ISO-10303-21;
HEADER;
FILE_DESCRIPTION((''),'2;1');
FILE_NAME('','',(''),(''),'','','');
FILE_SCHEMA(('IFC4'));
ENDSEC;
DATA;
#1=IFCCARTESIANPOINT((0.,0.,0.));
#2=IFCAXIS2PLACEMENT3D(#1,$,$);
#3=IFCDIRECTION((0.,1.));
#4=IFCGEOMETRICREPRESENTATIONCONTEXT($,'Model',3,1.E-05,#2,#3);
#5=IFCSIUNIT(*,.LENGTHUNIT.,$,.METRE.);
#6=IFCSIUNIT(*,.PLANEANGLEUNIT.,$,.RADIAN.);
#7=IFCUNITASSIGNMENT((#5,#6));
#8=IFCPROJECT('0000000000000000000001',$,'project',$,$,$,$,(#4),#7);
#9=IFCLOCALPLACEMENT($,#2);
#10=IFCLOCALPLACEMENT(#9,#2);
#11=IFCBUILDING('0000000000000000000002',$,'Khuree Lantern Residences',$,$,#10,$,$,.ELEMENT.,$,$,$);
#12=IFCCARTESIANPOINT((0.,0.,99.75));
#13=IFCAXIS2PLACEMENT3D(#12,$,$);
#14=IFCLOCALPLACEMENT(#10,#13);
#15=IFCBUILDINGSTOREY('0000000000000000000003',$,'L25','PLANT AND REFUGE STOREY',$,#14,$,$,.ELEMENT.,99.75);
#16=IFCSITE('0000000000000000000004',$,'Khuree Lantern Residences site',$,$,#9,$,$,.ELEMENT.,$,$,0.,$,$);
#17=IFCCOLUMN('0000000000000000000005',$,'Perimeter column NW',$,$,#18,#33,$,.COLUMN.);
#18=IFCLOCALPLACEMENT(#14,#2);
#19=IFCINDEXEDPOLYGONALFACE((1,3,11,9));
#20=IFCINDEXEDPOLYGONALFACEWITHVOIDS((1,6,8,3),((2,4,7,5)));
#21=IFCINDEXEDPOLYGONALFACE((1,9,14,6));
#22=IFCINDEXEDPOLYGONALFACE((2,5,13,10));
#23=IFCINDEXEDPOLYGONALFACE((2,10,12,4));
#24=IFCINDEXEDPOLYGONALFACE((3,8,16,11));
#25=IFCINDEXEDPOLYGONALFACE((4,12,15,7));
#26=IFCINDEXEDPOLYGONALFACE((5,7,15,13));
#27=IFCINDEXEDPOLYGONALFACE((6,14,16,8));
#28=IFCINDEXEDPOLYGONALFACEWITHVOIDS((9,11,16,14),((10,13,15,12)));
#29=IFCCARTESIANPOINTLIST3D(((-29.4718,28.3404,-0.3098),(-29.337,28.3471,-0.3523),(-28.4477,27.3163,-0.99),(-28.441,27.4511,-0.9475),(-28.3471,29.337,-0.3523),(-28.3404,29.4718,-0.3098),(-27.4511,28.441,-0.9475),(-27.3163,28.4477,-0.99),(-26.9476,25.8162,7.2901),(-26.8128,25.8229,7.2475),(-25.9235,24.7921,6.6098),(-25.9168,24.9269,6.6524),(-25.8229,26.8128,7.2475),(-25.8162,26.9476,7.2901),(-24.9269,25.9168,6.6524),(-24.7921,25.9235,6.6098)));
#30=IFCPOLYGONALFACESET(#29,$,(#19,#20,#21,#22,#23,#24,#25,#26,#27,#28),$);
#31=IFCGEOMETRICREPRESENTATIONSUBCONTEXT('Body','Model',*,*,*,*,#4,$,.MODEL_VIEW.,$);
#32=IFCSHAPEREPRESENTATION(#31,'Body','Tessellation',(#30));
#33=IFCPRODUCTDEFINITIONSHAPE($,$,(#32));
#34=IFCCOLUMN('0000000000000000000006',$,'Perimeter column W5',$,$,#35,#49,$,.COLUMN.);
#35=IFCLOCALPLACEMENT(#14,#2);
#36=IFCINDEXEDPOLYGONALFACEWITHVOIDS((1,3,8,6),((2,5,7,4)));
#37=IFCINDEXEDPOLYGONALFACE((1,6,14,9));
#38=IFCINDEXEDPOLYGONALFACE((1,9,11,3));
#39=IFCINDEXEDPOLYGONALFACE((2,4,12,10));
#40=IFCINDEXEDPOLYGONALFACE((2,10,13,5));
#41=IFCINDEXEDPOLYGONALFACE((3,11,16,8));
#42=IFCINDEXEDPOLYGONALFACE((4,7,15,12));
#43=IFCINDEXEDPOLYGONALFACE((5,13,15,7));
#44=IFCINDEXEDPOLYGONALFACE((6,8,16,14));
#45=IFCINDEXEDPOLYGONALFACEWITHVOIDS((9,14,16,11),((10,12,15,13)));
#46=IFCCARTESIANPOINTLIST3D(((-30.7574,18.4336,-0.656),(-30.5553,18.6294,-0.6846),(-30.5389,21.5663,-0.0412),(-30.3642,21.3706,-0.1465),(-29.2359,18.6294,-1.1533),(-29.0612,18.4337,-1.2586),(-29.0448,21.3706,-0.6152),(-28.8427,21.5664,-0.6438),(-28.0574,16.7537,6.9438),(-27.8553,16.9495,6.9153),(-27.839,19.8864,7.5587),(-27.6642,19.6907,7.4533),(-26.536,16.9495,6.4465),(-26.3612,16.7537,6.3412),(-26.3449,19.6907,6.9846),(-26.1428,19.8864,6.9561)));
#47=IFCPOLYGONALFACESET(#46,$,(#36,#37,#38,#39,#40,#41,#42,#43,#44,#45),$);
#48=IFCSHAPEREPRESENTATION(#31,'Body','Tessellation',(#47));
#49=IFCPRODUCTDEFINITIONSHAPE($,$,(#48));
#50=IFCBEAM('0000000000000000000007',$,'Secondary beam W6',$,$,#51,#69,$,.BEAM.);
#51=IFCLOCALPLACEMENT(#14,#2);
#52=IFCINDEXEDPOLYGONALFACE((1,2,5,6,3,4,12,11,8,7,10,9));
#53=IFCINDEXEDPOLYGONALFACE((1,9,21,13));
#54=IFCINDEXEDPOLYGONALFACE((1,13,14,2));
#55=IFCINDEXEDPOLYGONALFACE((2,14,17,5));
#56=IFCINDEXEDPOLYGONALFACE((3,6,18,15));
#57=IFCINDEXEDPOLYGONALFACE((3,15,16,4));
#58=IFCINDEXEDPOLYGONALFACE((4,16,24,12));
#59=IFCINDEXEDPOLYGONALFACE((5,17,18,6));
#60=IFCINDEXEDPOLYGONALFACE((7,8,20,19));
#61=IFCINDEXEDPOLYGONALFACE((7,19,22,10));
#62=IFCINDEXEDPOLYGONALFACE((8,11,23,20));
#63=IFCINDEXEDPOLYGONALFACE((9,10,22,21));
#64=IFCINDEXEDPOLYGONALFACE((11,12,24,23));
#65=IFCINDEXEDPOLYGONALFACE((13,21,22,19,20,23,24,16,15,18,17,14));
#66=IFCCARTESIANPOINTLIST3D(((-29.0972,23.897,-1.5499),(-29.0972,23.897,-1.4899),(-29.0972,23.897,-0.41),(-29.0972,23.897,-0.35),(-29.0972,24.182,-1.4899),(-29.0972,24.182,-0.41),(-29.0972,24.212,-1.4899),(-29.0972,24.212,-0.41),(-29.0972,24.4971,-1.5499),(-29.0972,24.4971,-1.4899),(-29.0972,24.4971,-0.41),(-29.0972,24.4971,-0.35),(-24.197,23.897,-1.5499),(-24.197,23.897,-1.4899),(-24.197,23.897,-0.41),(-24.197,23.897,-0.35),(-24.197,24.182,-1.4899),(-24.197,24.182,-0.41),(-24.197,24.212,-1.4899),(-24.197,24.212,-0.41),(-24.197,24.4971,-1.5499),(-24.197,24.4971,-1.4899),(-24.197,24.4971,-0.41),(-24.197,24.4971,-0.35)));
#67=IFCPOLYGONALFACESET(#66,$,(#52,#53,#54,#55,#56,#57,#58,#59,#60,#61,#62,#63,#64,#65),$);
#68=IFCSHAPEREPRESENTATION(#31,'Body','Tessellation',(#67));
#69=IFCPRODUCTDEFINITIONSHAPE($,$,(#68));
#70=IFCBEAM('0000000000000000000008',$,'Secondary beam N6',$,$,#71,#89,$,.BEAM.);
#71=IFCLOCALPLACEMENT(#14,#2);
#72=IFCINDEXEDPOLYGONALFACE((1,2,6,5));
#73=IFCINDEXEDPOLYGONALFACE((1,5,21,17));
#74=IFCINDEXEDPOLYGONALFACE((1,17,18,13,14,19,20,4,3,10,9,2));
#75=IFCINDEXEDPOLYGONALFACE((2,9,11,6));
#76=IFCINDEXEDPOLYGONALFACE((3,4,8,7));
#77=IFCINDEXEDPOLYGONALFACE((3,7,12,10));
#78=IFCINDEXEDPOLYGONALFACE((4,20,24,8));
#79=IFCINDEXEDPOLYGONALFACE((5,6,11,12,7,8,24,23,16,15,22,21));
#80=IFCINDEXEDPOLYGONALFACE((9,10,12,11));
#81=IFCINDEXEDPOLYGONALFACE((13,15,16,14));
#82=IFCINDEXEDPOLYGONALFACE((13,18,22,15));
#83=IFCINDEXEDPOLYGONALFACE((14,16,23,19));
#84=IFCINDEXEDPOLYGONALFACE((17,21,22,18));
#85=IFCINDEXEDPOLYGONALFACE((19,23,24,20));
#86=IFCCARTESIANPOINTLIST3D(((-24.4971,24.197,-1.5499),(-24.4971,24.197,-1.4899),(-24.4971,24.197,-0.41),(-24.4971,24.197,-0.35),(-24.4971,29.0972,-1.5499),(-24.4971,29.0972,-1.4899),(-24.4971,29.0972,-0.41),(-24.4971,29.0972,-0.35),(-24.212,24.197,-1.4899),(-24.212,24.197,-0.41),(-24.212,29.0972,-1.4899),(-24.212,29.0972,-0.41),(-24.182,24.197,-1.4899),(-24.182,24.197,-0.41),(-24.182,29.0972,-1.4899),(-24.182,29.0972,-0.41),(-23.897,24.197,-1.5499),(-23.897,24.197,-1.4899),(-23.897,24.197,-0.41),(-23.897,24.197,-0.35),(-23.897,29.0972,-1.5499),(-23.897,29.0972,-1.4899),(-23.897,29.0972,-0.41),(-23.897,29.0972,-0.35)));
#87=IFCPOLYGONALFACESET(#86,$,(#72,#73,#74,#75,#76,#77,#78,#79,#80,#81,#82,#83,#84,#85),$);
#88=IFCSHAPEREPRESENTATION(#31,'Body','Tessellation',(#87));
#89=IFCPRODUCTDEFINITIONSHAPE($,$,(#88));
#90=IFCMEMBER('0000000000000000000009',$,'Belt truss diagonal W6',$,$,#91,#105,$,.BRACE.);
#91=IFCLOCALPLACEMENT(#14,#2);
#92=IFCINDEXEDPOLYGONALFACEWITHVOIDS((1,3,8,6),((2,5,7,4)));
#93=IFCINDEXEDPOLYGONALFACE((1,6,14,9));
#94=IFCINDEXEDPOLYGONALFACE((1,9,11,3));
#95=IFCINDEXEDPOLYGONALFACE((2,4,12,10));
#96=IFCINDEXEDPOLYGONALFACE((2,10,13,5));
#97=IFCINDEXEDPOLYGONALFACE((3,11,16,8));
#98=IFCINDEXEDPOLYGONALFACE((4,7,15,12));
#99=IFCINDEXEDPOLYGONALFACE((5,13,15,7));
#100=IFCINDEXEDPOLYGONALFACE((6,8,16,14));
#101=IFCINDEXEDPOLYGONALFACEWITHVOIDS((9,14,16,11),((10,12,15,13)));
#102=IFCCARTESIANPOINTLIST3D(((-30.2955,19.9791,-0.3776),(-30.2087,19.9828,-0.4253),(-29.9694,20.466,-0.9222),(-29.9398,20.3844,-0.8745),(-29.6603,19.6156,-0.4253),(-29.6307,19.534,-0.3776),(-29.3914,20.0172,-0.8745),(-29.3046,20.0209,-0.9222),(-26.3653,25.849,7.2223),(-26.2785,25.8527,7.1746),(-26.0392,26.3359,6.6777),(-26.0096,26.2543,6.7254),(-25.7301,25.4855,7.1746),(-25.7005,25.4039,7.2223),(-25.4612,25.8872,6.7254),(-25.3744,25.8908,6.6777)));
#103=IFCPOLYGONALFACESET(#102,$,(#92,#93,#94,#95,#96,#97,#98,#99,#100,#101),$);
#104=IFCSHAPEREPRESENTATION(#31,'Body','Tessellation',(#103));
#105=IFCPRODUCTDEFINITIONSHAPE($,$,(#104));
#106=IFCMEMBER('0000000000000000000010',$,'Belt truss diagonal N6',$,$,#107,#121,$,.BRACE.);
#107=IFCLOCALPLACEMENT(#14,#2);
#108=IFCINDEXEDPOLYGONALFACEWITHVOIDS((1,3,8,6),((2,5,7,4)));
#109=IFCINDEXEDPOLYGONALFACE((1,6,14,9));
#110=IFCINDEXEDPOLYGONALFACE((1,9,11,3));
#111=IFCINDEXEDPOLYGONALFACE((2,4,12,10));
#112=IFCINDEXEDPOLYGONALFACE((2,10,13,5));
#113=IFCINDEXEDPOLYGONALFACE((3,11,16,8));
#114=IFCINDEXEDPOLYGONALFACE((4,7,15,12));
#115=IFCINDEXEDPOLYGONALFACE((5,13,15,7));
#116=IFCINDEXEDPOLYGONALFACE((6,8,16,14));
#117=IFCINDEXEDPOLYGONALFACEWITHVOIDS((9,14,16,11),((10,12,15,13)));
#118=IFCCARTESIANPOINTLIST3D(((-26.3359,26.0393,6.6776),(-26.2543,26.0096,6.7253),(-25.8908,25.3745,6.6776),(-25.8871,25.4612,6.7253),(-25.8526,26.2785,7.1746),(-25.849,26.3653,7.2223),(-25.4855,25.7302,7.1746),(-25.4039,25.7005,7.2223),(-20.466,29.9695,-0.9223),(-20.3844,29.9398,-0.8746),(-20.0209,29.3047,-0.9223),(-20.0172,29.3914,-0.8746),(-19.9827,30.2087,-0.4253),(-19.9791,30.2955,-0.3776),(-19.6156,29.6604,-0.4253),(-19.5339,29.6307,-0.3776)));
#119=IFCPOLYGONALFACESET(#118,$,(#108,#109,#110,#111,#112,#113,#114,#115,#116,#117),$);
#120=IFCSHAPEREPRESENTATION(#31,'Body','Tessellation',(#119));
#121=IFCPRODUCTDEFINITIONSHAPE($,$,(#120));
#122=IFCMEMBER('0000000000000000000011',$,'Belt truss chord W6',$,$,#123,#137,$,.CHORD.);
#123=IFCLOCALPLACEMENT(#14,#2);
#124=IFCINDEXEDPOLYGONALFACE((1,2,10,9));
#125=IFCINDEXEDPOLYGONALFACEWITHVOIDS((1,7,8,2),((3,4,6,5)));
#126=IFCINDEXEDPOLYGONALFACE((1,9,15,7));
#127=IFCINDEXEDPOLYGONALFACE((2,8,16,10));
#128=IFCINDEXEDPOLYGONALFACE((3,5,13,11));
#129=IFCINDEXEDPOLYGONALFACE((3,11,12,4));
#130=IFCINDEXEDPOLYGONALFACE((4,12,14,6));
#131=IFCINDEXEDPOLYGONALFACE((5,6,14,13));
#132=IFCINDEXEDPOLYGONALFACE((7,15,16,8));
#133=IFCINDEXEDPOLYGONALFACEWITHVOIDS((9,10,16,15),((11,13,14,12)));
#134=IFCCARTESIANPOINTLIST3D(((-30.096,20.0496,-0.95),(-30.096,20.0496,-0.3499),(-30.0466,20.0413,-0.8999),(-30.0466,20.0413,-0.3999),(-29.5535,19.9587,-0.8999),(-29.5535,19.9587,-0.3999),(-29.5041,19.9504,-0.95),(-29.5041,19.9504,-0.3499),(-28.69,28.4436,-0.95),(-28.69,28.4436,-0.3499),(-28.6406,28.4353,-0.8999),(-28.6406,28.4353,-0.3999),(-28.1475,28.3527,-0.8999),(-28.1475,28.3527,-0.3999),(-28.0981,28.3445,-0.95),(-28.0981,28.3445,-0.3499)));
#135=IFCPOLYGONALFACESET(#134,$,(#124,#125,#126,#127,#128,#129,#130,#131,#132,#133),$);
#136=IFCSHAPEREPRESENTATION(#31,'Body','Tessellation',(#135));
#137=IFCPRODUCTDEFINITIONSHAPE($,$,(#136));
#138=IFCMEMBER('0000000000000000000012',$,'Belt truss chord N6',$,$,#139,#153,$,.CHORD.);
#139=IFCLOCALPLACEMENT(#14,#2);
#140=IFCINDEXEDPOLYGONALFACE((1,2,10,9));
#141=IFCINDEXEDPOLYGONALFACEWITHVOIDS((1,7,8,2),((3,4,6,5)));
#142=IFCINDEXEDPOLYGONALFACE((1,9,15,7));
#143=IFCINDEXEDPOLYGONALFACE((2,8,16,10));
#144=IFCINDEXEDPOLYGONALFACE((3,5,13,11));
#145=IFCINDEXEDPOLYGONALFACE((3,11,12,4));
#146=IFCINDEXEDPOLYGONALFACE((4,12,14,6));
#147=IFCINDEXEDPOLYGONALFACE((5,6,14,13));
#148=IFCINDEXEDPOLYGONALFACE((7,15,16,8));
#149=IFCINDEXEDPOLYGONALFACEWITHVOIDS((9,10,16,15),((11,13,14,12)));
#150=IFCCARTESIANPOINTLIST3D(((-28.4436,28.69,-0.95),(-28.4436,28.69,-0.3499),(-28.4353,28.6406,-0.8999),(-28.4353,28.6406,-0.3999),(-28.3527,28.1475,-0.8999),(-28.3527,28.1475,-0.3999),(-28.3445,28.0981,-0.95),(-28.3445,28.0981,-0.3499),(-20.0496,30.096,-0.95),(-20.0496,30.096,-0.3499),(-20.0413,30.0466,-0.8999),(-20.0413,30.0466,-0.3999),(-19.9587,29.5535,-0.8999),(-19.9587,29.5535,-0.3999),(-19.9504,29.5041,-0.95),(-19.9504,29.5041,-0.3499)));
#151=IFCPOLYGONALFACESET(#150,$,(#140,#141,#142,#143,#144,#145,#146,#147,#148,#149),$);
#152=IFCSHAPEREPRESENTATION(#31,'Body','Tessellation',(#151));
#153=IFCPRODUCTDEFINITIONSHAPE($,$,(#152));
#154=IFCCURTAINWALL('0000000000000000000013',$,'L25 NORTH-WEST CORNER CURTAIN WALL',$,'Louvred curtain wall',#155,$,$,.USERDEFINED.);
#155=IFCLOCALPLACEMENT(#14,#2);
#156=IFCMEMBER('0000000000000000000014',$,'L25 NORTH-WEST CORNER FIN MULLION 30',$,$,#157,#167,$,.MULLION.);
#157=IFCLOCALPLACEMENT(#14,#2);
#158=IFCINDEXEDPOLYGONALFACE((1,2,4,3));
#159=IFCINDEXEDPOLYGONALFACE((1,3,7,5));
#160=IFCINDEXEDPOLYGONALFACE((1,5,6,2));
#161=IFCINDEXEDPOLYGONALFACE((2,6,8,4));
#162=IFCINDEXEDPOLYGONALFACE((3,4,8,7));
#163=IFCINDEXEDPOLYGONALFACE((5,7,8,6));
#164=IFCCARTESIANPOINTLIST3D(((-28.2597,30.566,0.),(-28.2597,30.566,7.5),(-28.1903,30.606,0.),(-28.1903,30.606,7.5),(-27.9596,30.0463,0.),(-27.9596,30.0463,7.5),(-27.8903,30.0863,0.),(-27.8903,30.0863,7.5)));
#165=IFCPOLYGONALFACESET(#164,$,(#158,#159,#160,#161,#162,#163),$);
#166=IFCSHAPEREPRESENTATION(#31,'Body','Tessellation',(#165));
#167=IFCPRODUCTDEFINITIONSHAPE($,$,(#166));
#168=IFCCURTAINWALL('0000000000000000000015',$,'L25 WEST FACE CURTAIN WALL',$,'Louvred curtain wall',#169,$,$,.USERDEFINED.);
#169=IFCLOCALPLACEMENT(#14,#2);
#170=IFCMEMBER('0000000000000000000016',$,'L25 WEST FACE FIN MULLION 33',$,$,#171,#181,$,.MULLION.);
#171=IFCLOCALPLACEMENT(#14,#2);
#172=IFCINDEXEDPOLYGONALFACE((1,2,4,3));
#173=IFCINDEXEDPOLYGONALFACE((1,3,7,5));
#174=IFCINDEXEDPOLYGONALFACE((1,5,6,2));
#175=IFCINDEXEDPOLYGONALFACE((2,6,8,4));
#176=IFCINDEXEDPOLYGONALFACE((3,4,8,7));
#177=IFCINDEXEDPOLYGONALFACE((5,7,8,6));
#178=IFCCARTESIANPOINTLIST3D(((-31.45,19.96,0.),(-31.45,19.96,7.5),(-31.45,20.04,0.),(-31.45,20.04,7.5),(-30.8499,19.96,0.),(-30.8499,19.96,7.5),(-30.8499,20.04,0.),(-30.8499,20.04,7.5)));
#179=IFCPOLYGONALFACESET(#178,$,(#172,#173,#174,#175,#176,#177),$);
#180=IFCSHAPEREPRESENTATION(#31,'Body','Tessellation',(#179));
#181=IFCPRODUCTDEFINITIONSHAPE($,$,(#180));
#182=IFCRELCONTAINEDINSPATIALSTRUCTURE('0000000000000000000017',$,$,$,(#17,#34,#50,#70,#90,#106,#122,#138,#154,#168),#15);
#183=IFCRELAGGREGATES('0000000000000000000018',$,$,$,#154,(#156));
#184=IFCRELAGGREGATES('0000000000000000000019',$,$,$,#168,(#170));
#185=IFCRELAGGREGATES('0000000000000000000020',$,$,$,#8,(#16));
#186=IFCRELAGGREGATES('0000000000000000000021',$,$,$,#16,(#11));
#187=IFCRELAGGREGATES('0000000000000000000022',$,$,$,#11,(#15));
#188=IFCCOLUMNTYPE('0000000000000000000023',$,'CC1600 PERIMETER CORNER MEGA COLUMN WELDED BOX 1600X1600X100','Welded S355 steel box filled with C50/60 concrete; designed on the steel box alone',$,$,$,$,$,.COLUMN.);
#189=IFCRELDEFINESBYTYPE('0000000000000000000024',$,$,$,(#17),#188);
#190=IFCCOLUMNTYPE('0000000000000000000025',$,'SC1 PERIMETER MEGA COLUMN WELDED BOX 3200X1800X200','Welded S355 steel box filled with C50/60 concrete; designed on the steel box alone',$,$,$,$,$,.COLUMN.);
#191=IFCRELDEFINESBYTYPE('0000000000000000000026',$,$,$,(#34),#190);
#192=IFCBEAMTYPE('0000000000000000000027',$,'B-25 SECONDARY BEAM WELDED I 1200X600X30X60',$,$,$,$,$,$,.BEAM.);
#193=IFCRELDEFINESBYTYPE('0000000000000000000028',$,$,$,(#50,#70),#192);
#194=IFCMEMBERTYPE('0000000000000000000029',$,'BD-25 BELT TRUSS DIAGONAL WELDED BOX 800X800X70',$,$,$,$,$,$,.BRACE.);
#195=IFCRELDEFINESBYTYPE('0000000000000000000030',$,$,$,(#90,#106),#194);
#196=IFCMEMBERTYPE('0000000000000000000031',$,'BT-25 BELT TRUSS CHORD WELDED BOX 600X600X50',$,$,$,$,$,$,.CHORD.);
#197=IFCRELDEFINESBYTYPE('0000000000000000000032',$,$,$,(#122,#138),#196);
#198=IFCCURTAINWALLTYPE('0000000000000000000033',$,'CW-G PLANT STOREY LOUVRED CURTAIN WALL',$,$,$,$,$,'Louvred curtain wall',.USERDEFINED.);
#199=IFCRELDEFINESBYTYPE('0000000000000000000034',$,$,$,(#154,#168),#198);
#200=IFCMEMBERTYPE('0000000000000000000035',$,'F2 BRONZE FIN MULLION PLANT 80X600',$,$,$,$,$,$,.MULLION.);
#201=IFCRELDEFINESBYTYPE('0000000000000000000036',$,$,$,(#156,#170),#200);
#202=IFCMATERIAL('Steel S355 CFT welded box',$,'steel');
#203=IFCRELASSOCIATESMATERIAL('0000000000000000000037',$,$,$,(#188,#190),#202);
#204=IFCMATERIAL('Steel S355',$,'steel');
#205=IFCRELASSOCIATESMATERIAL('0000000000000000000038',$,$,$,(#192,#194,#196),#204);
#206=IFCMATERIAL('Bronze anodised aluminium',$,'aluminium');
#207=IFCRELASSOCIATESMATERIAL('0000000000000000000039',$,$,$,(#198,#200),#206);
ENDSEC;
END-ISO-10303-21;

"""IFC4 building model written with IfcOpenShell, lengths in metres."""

from ifc_helpers import new_model, si_unit, direction, frame, origin, origin_2d, place, context, subcontext, project, spatial, rectangle, hollow_rectangle, i_section, extrude, material, material_profile, profile_set, type_object, element, aggregate, save


model = new_model("IFC4")

# Units and contexts
model_context = context("Model", 3, precision=1e-05, world=origin(), true_north=direction((0.0, 1.0)))
body_context = subcontext(model_context, "Body", "Model", "MODEL_VIEW")
ifc_project = project(units=[si_unit("LENGTHUNIT", "METRE"), si_unit("PLANEANGLEUNIT", "RADIAN")], contexts=[model_context])

# Site, building, storey
site_placement = place(None, origin())
site = spatial("IfcSite", under=ifc_project, at=site_placement, Name="Khuree Lantern Residences site", CompositionType="ELEMENT", RefElevation=0.0)
building_placement = place(site_placement, origin())
building = spatial("IfcBuilding", under=site, at=building_placement, Name="Khuree Lantern Residences", CompositionType="ELEMENT")
storey_placement = place(building_placement, frame((0.0, 0.0, 99.75)))
storey = spatial("IfcBuildingStorey", under=building, at=storey_placement, Name="L25", Description="PLANT AND REFUGE STOREY", CompositionType="ELEMENT", Elevation=99.75)

# Columns
ifc_material_1 = material(Name="Steel S355 CFT welded box", Category="steel")
ifc_material_profile_1 = material_profile(ifc_material_1, hollow_rectangle(XDim=1.6001, YDim=1.6001, WallThickness=0.1001, at=origin_2d()), Name="WELDED BOX 1600X1600X100")
ifc_profile_set_1 = profile_set([ifc_material_profile_1], Name="Steel S355 CFT welded box")
column_type_1 = type_object("IfcColumnType", Name="CC1600 PERIMETER CORNER MEGA COLUMN WELDED BOX 1600X1600X100", Description="Welded S355 steel box filled with C50/60 concrete; designed on the steel box alone", PredefinedType="COLUMN", material=ifc_profile_set_1)
column_1_placement = place(storey_placement, frame((-28.394, 28.394, -0.6499), z_axis=(0.300623, -0.300623, 0.905125), x_axis=(0.707107, 0.707107, 0.0)))
element("IfcColumn", 1, at=column_1_placement, inside=storey, type_object=column_type_1, Name="Perimeter column NW", PredefinedType="COLUMN", context=body_context, shape_type="SweptSolid", body=[
    extrude(hollow_rectangle(XDim=1.6001, YDim=1.6001, WallThickness=0.1001, at=origin_2d()), origin(), (0.0, 0.0, 1.0), 8.3965),
])
ifc_material_profile_2 = material_profile(ifc_material_1, hollow_rectangle(XDim=3.2, YDim=1.8, WallThickness=0.2, at=origin_2d()), Name="WELDED BOX 3200X1800X200")
ifc_profile_set_2 = profile_set([ifc_material_profile_2], Name="Steel S355 CFT welded box")
column_type_2 = type_object("IfcColumnType", Name="SC1 PERIMETER MEGA COLUMN WELDED BOX 3200X1800X200", Description="Welded S355 steel box filled with C50/60 concrete; designed on the steel box alone", PredefinedType="COLUMN", material=ifc_profile_set_2)
column_2_placement = place(storey_placement, frame((-29.8, 20.0, -0.6499), z_axis=(0.327731, -0.203917, 0.922502), x_axis=(0.068256, 0.978988, 0.192155)))
element("IfcColumn", 2, at=column_2_placement, inside=storey, type_object=column_type_2, Name="Perimeter column W5", PredefinedType="COLUMN", context=body_context, shape_type="SweptSolid", body=[
    extrude(hollow_rectangle(XDim=3.2, YDim=1.8, WallThickness=0.2, at=origin_2d()), origin(), (0.0, 0.0, 1.0), 8.2383),
])

# Beams
ifc_material_2 = material(Name="Steel S355", Category="steel")
ifc_material_profile_3 = material_profile(ifc_material_2, i_section(OverallWidth=0.6001, OverallDepth=1.2, WebThickness=0.03, FlangeThickness=0.0601, at=origin_2d()), Name="WELDED I 1200X600X30X60")
ifc_profile_set_3 = profile_set([ifc_material_profile_3], Name="Steel S355")
beam_type_1 = type_object("IfcBeamType", Name="B-25 SECONDARY BEAM WELDED I 1200X600X30X60", PredefinedType="BEAM", material=ifc_profile_set_3)
for number, where, z_axis, x_axis, name in (
    (3, (-29.0972, 24.197, -0.95), (1.0, 0.0, 0.0), (0.0, 1.0, 0.0), "Secondary beam W6"),
    (4, (-24.197, 29.0972, -0.95), (0.0, -1.0, 0.0), (1.0, 0.0, 0.0), "Secondary beam N6"),
):
    element("IfcBeam", number, at=place(storey_placement, frame(where, z_axis=z_axis, x_axis=x_axis)), inside=storey, type_object=beam_type_1, Name=name, PredefinedType="BEAM", context=body_context, shape_type="SweptSolid", body=[
        extrude(i_section(OverallWidth=0.6001, OverallDepth=1.2, WebThickness=0.03, FlangeThickness=0.0601, at=origin_2d()), origin(), (0.0, 0.0, 1.0), 4.9001),
    ])

# Members
ifc_material_profile_4 = material_profile(ifc_material_2, hollow_rectangle(XDim=0.8, YDim=0.8, WallThickness=0.0701, at=origin_2d()), Name="WELDED BOX 800X800X70")
ifc_profile_set_4 = profile_set([ifc_material_profile_4], Name="Steel S355")
member_type_1 = type_object("IfcMemberType", Name="BD-25 BELT TRUSS DIAGONAL WELDED BOX 800X800X70", PredefinedType="BRACE", material=ifc_profile_set_4)
for number, where, z_axis, x_axis, name in (
    (5, (-29.8, 20.0, -0.6499), (0.378779, 0.565721, 0.732452), (-0.830943, 0.556358, 0.0), "Belt truss diagonal W6"),
    (6, (-25.8699, 25.8699, 6.95), (0.565721, 0.378779, -0.732452), (-0.556358, 0.830943, 0.0), "Belt truss diagonal N6"),
):
    element("IfcMember", number, at=place(storey_placement, frame(where, z_axis=z_axis, x_axis=x_axis)), inside=storey, type_object=member_type_1, Name=name, PredefinedType="BRACE", context=body_context, shape_type="SweptSolid", body=[
        extrude(hollow_rectangle(XDim=0.8, YDim=0.8, WallThickness=0.0701, at=origin_2d()), origin(), (0.0, 0.0, 1.0), 10.376),
    ])
ifc_material_profile_5 = material_profile(ifc_material_2, hollow_rectangle(XDim=0.6001, YDim=0.6001, WallThickness=0.05, at=origin_2d()), Name="WELDED BOX 600X600X50")
ifc_profile_set_5 = profile_set([ifc_material_profile_5], Name="Steel S355")
member_type_2 = type_object("IfcMemberType", Name="BT-25 BELT TRUSS CHORD WELDED BOX 600X600X50", PredefinedType="CHORD", material=ifc_profile_set_5)
for number, where, z_axis, x_axis, name in (
    (7, (-29.8, 20.0, -0.6499), (0.165199, 0.98626, 0.0), (-0.98626, 0.165199, 0.0), "Belt truss chord W6"),
    (8, (-28.394, 28.394, -0.6499), (0.98626, 0.165199, 0.0), (-0.165199, 0.98626, 0.0), "Belt truss chord N6"),
):
    element("IfcMember", number, at=place(storey_placement, frame(where, z_axis=z_axis, x_axis=x_axis)), inside=storey, type_object=member_type_2, Name=name, PredefinedType="CHORD", context=body_context, shape_type="SweptSolid", body=[
        extrude(hollow_rectangle(XDim=0.6001, YDim=0.6001, WallThickness=0.05, at=origin_2d()), origin(), (0.0, 0.0, 1.0), 8.511),
    ])

# Curtain walls, members
ifc_material_3 = material(Name="Bronze anodised aluminium", Category="aluminium")
curtain_wall_type = type_object("IfcCurtainWallType", Name="CW-G PLANT STOREY LOUVRED CURTAIN WALL", ElementType="Louvred curtain wall", PredefinedType="USERDEFINED", material=ifc_material_3)
curtain_wall_1_placement = place(storey_placement, origin())
curtain_wall_1 = element("IfcCurtainWall", 9, at=curtain_wall_1_placement, inside=storey, type_object=curtain_wall_type, Name="L25 NORTH-WEST CORNER CURTAIN WALL", ObjectType="Louvred curtain wall", PredefinedType="USERDEFINED")
ifc_material_profile_6 = material_profile(ifc_material_3, rectangle(XDim=0.0801, YDim=0.6001, at=origin_2d()), Name="F2 80X600")
ifc_profile_set_6 = profile_set([ifc_material_profile_6], Name="Bronze anodised aluminium")
member_type_3 = type_object("IfcMemberType", Name="F2 BRONZE FIN MULLION PLANT 80X600", PredefinedType="MULLION", material=ifc_profile_set_6)
member_1_placement = place(storey_placement, frame((-28.075, 30.3262, 0.0), z_axis=(0.0, 0.0, 1.0), x_axis=(-0.866025, -0.5, 0.0)))
member_1 = element("IfcMember", 10, at=member_1_placement, type_object=member_type_3, Name="L25 NORTH-WEST CORNER FIN MULLION 30", PredefinedType="MULLION", context=body_context, shape_type="SweptSolid", body=[
    extrude(rectangle(XDim=0.0801, YDim=0.6001, at=origin_2d()), origin(), (0.0, 0.0, 1.0), 7.5),
])
curtain_wall_2_placement = place(storey_placement, origin())
curtain_wall_2 = element("IfcCurtainWall", 11, at=curtain_wall_2_placement, inside=storey, type_object=curtain_wall_type, Name="L25 WEST FACE CURTAIN WALL", ObjectType="Louvred curtain wall", PredefinedType="USERDEFINED")
member_2_placement = place(storey_placement, frame((-31.1499, 20.0, 0.0), z_axis=(0.0, 0.0, 1.0), x_axis=(0.0, -1.0, 0.0)))
member_2 = element("IfcMember", 12, at=member_2_placement, type_object=member_type_3, Name="L25 WEST FACE FIN MULLION 33", PredefinedType="MULLION", context=body_context, shape_type="SweptSolid", body=[
    extrude(rectangle(XDim=0.0801, YDim=0.6001, at=origin_2d()), origin(), (0.0, 0.0, 1.0), 7.5),
])

aggregate(curtain_wall_1, [member_1])
aggregate(curtain_wall_2, [member_2])

save(model, "model.ifc")
